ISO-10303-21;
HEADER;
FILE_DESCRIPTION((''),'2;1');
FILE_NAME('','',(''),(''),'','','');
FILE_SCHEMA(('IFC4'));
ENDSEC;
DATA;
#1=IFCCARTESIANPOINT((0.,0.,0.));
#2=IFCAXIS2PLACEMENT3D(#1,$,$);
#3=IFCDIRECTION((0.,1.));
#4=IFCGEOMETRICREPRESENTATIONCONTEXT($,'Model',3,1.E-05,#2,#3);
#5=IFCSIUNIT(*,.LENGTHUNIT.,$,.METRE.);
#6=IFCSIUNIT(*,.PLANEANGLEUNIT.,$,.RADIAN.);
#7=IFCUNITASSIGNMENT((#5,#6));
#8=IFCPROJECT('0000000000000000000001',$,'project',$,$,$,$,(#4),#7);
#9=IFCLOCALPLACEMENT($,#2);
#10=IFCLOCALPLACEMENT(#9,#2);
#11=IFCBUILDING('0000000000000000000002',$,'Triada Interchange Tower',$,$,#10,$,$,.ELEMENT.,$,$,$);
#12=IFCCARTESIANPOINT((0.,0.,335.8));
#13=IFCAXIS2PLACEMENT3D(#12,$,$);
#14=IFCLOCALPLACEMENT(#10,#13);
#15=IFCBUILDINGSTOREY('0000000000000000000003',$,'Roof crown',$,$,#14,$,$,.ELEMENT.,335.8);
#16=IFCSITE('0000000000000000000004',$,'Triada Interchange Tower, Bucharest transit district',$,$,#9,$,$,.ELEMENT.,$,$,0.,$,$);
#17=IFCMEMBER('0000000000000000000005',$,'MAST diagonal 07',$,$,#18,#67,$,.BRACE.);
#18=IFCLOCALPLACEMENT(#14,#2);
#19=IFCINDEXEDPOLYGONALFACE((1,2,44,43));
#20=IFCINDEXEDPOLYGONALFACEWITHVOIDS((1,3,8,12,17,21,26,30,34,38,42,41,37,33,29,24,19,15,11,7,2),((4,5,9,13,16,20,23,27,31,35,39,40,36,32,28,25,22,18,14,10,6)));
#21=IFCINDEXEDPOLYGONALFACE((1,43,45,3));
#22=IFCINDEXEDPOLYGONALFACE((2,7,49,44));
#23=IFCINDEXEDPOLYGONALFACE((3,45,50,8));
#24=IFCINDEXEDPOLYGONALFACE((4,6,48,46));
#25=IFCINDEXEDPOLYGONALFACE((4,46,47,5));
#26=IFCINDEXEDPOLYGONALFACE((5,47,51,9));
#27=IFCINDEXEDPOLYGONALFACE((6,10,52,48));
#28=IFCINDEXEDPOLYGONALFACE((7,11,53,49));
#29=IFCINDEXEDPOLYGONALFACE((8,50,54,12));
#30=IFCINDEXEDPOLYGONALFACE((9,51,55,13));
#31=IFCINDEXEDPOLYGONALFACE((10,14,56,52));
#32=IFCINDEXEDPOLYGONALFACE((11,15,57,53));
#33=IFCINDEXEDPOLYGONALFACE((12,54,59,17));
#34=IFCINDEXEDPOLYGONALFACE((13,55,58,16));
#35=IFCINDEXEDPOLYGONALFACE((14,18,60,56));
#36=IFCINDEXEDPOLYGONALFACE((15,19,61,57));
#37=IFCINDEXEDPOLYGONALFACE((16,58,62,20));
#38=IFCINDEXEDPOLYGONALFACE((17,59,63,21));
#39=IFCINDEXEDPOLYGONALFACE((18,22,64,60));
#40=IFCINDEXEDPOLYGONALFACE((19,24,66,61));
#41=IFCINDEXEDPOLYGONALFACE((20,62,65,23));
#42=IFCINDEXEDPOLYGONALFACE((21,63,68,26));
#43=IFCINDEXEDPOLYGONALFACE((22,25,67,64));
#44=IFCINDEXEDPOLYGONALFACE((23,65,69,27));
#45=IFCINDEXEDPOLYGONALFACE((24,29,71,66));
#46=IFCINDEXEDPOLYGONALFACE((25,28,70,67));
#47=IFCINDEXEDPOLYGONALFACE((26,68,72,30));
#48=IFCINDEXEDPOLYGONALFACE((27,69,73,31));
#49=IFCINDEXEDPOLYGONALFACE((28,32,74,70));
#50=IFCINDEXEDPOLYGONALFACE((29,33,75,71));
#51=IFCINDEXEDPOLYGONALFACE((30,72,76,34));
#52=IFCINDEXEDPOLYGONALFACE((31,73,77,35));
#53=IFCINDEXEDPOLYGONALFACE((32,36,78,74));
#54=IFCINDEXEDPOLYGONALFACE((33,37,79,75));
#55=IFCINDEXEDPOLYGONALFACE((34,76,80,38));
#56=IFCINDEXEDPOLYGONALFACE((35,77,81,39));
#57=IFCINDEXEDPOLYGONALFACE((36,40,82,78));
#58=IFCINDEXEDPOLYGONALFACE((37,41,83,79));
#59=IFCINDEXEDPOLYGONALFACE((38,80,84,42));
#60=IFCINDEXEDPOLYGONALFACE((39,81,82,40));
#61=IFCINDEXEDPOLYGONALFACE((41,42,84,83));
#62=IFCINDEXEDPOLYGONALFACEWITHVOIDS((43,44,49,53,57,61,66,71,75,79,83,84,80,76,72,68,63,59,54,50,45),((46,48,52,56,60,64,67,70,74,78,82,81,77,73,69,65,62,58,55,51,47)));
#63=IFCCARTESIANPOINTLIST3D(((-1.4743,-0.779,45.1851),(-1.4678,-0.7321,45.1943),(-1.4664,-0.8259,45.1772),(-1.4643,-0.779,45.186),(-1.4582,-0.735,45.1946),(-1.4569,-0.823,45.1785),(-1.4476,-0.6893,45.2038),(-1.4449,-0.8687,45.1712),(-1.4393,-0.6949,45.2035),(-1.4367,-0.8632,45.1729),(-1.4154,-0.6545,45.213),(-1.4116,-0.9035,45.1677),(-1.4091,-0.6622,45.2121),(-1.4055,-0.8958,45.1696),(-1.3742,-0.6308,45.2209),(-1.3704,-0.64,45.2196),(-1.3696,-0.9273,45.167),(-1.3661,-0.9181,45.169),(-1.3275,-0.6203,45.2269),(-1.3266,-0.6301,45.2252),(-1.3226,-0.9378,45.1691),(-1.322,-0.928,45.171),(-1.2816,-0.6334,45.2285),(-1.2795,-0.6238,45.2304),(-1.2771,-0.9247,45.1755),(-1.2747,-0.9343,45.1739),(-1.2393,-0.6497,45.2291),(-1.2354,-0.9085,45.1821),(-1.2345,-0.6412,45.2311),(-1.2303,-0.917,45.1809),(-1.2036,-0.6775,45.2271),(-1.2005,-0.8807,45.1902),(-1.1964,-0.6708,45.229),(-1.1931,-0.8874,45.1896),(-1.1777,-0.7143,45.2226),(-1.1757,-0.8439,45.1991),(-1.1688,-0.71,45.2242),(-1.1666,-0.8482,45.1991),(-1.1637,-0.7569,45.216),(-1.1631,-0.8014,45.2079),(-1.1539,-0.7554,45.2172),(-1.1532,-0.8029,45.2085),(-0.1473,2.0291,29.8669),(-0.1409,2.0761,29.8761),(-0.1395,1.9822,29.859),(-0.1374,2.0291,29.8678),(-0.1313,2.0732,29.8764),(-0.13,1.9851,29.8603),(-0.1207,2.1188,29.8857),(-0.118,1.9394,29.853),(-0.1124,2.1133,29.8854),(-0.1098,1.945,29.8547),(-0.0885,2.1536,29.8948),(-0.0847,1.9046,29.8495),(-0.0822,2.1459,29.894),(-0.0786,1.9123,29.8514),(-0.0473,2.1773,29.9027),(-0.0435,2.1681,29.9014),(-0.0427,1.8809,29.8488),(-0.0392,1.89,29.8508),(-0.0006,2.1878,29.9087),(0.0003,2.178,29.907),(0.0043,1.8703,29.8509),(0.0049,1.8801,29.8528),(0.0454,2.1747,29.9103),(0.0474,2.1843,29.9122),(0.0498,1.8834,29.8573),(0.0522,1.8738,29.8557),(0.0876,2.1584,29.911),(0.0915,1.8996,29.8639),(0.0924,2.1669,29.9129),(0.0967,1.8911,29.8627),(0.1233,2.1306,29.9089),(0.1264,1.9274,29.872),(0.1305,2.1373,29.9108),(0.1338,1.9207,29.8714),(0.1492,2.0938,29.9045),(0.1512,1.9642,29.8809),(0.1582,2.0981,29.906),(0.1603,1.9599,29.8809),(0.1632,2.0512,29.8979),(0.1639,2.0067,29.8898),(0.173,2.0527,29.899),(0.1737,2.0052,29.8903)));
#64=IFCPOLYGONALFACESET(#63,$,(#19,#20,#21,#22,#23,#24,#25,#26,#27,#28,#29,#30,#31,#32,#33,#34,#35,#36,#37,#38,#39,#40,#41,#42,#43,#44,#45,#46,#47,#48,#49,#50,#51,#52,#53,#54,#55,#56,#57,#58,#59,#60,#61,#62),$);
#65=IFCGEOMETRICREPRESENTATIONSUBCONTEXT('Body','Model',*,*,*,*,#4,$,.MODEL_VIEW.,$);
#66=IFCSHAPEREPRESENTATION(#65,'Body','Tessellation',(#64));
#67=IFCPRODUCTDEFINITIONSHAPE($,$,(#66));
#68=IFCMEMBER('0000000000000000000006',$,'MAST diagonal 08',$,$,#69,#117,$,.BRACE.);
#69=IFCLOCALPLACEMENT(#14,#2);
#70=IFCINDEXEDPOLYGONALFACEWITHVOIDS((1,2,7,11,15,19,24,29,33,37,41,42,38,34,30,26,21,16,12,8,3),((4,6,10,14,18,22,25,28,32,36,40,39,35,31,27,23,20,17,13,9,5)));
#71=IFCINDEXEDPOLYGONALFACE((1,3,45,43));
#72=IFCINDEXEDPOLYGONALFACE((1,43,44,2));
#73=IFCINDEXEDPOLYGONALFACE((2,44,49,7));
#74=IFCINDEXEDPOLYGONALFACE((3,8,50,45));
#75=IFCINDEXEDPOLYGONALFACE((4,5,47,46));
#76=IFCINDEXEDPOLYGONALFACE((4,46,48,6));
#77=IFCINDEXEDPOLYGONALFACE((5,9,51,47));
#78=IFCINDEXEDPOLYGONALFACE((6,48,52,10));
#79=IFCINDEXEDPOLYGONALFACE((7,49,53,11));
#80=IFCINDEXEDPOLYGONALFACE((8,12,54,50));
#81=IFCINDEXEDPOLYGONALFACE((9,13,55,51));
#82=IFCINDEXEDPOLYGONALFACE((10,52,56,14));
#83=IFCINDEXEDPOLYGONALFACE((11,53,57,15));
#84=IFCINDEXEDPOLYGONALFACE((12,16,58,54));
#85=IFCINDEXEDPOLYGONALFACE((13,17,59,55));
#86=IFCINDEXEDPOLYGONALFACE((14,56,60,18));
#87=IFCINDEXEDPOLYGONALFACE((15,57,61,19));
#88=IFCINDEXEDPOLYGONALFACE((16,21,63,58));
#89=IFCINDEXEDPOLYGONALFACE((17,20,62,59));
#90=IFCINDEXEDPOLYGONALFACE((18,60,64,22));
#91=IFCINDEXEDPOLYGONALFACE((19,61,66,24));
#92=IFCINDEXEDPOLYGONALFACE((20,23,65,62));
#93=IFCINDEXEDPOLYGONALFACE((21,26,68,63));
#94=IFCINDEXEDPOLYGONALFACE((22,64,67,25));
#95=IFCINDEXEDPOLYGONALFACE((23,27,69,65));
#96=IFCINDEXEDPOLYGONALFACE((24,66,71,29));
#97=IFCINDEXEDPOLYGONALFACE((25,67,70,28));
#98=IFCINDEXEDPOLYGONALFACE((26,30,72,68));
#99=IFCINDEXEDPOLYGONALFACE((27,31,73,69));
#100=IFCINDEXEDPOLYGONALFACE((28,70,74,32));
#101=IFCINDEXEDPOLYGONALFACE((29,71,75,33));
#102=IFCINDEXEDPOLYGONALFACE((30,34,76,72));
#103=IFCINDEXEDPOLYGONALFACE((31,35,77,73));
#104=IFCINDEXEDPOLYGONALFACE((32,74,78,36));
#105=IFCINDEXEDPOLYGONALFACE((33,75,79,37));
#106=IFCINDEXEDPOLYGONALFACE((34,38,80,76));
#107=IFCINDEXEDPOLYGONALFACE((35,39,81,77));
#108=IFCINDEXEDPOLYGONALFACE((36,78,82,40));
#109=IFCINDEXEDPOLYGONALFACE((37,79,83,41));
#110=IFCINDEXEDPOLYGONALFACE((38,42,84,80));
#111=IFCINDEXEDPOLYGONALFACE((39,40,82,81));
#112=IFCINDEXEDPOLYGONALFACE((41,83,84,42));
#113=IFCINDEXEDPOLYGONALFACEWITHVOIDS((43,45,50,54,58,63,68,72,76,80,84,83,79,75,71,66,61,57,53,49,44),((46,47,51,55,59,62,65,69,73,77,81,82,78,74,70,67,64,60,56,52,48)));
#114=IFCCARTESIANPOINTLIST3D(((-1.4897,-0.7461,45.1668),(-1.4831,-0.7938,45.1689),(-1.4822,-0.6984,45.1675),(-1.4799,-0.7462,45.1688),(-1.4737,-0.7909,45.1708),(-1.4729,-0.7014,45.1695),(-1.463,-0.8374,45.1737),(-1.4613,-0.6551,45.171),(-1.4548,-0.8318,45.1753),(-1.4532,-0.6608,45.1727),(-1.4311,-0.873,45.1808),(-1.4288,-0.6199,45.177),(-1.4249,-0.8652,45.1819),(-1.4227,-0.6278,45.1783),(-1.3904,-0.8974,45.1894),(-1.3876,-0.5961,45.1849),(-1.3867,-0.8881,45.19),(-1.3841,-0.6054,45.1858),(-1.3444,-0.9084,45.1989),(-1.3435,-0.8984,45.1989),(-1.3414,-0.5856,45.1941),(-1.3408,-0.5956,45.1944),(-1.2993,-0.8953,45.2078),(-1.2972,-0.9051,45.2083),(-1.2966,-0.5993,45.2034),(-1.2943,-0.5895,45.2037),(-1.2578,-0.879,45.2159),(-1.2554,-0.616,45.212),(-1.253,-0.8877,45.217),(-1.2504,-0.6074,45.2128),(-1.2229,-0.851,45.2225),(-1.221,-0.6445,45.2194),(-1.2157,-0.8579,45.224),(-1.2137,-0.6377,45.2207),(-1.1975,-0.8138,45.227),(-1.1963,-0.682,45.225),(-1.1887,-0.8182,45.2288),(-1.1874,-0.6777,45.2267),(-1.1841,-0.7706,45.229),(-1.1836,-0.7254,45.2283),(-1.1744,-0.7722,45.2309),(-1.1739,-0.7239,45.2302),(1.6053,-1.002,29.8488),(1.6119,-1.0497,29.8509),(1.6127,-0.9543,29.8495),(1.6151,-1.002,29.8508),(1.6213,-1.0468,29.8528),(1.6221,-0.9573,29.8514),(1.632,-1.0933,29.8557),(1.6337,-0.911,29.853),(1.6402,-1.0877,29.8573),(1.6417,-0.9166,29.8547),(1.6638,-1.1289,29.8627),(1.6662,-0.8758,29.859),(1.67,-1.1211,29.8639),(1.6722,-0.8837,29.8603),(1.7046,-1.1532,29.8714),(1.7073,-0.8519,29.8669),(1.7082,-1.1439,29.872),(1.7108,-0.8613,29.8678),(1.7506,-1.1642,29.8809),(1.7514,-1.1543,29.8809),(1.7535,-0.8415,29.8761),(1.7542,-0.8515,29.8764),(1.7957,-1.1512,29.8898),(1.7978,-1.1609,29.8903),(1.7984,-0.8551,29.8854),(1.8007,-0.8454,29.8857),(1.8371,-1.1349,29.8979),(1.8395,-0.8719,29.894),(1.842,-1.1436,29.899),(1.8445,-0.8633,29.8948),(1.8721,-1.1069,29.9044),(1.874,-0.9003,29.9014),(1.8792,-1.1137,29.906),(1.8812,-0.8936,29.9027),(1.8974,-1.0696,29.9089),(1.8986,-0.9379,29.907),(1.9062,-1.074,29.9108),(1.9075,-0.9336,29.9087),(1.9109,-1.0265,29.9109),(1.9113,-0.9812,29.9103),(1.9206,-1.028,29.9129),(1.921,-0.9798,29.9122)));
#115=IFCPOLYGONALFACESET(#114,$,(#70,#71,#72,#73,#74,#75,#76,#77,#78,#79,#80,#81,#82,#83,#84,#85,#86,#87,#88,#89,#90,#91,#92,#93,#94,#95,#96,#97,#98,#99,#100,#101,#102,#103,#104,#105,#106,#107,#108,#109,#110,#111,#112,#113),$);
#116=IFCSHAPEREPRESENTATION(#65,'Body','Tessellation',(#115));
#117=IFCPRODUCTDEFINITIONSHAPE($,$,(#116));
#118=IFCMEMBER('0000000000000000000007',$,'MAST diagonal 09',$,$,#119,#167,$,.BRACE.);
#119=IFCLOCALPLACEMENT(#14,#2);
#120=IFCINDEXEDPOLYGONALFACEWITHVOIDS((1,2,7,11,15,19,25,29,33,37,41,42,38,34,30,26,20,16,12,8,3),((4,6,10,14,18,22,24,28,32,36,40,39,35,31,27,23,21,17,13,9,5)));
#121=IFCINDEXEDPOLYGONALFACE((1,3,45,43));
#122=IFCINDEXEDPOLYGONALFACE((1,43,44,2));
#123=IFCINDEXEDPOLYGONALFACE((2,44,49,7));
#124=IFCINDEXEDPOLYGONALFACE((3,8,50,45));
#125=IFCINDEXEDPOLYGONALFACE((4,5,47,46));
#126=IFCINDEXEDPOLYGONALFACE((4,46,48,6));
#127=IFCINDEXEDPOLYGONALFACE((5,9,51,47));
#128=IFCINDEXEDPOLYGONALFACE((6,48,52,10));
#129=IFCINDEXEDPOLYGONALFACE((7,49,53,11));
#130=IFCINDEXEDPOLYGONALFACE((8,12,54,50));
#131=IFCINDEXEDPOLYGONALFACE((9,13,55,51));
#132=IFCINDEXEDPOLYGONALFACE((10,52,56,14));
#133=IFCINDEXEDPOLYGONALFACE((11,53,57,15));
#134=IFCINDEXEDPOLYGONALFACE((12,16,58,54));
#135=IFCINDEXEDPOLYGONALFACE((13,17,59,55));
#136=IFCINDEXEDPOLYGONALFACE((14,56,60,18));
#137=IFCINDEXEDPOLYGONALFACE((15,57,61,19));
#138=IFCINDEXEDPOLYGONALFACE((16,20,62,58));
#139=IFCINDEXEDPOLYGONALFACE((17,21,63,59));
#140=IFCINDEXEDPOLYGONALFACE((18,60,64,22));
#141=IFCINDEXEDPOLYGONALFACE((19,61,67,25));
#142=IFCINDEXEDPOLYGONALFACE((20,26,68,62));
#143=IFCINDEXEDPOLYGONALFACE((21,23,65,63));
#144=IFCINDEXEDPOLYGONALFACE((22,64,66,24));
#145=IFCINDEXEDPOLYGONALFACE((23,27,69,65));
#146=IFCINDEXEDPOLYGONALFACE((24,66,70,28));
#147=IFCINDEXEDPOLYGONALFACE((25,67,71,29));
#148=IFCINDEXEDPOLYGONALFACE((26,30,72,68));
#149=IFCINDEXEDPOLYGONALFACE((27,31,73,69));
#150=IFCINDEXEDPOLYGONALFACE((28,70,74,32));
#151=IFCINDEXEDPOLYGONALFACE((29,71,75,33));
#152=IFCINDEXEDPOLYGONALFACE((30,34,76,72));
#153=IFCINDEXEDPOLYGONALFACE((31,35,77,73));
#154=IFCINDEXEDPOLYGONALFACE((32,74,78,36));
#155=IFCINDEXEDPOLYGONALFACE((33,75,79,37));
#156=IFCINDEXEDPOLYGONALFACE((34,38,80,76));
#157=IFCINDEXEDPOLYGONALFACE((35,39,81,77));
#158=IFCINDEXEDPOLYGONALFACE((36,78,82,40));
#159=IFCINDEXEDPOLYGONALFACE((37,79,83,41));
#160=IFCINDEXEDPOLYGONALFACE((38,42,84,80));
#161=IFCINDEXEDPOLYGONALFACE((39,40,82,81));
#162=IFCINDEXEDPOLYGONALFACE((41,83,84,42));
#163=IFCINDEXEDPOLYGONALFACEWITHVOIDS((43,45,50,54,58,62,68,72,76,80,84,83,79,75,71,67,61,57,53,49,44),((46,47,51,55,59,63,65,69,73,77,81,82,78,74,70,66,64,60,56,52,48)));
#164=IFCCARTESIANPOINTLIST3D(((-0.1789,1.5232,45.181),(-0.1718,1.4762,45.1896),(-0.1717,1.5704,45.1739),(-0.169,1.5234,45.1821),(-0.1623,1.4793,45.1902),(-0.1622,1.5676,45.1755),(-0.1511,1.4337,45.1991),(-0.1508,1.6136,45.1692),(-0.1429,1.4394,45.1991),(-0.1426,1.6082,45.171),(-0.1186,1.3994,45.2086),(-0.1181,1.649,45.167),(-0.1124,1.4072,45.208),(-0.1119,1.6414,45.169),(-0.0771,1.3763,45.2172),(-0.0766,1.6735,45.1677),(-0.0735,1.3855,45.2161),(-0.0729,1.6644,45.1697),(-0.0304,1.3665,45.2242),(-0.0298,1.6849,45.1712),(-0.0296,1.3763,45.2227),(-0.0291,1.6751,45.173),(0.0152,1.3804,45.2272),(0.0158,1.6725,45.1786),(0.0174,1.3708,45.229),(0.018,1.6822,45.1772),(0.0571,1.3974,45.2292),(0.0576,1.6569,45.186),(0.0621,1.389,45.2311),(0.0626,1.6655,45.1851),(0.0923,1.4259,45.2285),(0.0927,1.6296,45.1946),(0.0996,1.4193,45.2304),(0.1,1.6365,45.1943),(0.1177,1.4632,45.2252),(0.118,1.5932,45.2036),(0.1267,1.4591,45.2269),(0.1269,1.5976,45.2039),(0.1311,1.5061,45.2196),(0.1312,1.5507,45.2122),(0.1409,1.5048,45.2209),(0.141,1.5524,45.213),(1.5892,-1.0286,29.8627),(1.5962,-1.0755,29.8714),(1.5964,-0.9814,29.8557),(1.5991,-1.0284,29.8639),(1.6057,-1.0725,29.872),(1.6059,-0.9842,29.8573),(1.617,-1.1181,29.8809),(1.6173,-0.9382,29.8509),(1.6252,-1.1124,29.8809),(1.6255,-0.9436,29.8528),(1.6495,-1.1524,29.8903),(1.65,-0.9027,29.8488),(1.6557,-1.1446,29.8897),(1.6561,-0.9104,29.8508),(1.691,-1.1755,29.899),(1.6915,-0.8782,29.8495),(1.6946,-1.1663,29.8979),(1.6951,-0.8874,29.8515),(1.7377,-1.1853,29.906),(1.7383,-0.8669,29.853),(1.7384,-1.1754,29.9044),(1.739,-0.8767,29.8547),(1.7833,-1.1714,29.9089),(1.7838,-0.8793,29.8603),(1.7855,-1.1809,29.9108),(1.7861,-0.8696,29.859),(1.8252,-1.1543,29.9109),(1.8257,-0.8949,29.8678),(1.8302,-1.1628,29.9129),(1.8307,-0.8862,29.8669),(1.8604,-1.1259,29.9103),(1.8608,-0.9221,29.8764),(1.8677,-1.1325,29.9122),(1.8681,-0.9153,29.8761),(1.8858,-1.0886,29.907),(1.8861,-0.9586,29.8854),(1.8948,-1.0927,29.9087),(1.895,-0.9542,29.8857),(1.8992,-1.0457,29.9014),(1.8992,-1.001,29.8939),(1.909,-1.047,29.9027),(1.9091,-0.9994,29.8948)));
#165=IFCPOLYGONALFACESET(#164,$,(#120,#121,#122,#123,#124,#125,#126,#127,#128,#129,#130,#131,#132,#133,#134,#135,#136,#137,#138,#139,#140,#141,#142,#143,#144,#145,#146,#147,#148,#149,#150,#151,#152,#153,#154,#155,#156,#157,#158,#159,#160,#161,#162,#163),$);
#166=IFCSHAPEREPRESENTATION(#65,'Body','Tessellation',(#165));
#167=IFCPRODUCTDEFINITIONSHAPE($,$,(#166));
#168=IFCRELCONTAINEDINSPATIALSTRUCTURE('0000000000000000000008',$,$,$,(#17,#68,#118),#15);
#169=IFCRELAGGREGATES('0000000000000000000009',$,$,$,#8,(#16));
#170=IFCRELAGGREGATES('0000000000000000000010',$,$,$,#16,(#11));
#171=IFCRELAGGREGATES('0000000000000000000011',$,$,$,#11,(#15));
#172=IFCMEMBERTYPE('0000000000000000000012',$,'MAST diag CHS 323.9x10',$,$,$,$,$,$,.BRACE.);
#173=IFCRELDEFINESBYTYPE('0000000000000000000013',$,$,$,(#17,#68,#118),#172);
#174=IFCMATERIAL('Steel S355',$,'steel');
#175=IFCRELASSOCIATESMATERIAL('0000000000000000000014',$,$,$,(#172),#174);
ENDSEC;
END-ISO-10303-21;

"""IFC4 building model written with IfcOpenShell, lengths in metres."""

from ifc_helpers import new_model, si_unit, direction, frame, origin, origin_2d, place, context, subcontext, project, spatial, hollow_circle, extrude, material, material_profile, profile_set, type_object, element, save


model = new_model("IFC4")

# Units and contexts
model_context = context("Model", 3, precision=1e-05, world=origin(), true_north=direction((0.0, 1.0)))
body_context = subcontext(model_context, "Body", "Model", "MODEL_VIEW")
ifc_project = project(units=[si_unit("LENGTHUNIT", "METRE"), si_unit("PLANEANGLEUNIT", "RADIAN")], contexts=[model_context])

# Site, building, storey
site_placement = place(None, origin())
site = spatial("IfcSite", under=ifc_project, at=site_placement, Name="Triada Interchange Tower, Bucharest transit district", CompositionType="ELEMENT", RefElevation=0.0)
building_placement = place(site_placement, origin())
building = spatial("IfcBuilding", under=site, at=building_placement, Name="Triada Interchange Tower", CompositionType="ELEMENT")
storey_placement = place(building_placement, frame((0.0, 0.0, 335.8)))
storey = spatial("IfcBuildingStorey", under=building, at=storey_placement, Name="Roof crown", CompositionType="ELEMENT", Elevation=335.8)

# Members
ifc_material = material(Name="Steel S355", Category="steel")
ifc_material_profile_1 = material_profile(ifc_material, hollow_circle(Radius=0.1619, WallThickness=0.01, at=origin_2d()), Name="CHS 323.9x10")
ifc_profile_set_1 = profile_set([ifc_material_profile_1], Name="Steel S355")
member_type_1 = type_object("IfcMemberType", Name="MAST diag CHS 323.9x10", PredefinedType="BRACE", material=ifc_profile_set_1)
member_1_placement = place(storey_placement, frame((0.0139, 2.0291, 29.8809), z_axis=(-0.084896, -0.179664, 0.980058), x_axis=(0.904142, -0.427231, 0.0)))
element("IfcMember", 1, at=member_1_placement, inside=storey, type_object=member_type_1, Name="MAST diagonal 07", PredefinedType="BRACE", context=body_context, shape_type="SweptSolid", body=[
    extrude(hollow_circle(Radius=0.1619, WallThickness=0.01, at=origin_2d()), origin(), (0.0, 0.0, 1.0), 15.6299),
])
for number, where, z_axis, x_axis, name in (
    (2, (1.7639, -1.0029, 29.8809), (-0.198018, 0.01637, 0.980062), (-0.082388, -0.9966, 0.0), "MAST diagonal 08"),
    (3, (1.75, -1.0259, 29.8809), (-0.113123, 0.163265, 0.980075), (-0.821971, -0.569529, 0.0), "MAST diagonal 09"),
):
    element("IfcMember", number, at=place(storey_placement, frame(where, z_axis=z_axis, x_axis=x_axis)), inside=storey, type_object=member_type_1, Name=name, PredefinedType="BRACE", context=body_context, shape_type="SweptSolid", body=[
        extrude(hollow_circle(Radius=0.1619, WallThickness=0.01, at=origin_2d()), origin(), (0.0, 0.0, 1.0), 15.6296),
    ])

save(model, "model.ifc")
